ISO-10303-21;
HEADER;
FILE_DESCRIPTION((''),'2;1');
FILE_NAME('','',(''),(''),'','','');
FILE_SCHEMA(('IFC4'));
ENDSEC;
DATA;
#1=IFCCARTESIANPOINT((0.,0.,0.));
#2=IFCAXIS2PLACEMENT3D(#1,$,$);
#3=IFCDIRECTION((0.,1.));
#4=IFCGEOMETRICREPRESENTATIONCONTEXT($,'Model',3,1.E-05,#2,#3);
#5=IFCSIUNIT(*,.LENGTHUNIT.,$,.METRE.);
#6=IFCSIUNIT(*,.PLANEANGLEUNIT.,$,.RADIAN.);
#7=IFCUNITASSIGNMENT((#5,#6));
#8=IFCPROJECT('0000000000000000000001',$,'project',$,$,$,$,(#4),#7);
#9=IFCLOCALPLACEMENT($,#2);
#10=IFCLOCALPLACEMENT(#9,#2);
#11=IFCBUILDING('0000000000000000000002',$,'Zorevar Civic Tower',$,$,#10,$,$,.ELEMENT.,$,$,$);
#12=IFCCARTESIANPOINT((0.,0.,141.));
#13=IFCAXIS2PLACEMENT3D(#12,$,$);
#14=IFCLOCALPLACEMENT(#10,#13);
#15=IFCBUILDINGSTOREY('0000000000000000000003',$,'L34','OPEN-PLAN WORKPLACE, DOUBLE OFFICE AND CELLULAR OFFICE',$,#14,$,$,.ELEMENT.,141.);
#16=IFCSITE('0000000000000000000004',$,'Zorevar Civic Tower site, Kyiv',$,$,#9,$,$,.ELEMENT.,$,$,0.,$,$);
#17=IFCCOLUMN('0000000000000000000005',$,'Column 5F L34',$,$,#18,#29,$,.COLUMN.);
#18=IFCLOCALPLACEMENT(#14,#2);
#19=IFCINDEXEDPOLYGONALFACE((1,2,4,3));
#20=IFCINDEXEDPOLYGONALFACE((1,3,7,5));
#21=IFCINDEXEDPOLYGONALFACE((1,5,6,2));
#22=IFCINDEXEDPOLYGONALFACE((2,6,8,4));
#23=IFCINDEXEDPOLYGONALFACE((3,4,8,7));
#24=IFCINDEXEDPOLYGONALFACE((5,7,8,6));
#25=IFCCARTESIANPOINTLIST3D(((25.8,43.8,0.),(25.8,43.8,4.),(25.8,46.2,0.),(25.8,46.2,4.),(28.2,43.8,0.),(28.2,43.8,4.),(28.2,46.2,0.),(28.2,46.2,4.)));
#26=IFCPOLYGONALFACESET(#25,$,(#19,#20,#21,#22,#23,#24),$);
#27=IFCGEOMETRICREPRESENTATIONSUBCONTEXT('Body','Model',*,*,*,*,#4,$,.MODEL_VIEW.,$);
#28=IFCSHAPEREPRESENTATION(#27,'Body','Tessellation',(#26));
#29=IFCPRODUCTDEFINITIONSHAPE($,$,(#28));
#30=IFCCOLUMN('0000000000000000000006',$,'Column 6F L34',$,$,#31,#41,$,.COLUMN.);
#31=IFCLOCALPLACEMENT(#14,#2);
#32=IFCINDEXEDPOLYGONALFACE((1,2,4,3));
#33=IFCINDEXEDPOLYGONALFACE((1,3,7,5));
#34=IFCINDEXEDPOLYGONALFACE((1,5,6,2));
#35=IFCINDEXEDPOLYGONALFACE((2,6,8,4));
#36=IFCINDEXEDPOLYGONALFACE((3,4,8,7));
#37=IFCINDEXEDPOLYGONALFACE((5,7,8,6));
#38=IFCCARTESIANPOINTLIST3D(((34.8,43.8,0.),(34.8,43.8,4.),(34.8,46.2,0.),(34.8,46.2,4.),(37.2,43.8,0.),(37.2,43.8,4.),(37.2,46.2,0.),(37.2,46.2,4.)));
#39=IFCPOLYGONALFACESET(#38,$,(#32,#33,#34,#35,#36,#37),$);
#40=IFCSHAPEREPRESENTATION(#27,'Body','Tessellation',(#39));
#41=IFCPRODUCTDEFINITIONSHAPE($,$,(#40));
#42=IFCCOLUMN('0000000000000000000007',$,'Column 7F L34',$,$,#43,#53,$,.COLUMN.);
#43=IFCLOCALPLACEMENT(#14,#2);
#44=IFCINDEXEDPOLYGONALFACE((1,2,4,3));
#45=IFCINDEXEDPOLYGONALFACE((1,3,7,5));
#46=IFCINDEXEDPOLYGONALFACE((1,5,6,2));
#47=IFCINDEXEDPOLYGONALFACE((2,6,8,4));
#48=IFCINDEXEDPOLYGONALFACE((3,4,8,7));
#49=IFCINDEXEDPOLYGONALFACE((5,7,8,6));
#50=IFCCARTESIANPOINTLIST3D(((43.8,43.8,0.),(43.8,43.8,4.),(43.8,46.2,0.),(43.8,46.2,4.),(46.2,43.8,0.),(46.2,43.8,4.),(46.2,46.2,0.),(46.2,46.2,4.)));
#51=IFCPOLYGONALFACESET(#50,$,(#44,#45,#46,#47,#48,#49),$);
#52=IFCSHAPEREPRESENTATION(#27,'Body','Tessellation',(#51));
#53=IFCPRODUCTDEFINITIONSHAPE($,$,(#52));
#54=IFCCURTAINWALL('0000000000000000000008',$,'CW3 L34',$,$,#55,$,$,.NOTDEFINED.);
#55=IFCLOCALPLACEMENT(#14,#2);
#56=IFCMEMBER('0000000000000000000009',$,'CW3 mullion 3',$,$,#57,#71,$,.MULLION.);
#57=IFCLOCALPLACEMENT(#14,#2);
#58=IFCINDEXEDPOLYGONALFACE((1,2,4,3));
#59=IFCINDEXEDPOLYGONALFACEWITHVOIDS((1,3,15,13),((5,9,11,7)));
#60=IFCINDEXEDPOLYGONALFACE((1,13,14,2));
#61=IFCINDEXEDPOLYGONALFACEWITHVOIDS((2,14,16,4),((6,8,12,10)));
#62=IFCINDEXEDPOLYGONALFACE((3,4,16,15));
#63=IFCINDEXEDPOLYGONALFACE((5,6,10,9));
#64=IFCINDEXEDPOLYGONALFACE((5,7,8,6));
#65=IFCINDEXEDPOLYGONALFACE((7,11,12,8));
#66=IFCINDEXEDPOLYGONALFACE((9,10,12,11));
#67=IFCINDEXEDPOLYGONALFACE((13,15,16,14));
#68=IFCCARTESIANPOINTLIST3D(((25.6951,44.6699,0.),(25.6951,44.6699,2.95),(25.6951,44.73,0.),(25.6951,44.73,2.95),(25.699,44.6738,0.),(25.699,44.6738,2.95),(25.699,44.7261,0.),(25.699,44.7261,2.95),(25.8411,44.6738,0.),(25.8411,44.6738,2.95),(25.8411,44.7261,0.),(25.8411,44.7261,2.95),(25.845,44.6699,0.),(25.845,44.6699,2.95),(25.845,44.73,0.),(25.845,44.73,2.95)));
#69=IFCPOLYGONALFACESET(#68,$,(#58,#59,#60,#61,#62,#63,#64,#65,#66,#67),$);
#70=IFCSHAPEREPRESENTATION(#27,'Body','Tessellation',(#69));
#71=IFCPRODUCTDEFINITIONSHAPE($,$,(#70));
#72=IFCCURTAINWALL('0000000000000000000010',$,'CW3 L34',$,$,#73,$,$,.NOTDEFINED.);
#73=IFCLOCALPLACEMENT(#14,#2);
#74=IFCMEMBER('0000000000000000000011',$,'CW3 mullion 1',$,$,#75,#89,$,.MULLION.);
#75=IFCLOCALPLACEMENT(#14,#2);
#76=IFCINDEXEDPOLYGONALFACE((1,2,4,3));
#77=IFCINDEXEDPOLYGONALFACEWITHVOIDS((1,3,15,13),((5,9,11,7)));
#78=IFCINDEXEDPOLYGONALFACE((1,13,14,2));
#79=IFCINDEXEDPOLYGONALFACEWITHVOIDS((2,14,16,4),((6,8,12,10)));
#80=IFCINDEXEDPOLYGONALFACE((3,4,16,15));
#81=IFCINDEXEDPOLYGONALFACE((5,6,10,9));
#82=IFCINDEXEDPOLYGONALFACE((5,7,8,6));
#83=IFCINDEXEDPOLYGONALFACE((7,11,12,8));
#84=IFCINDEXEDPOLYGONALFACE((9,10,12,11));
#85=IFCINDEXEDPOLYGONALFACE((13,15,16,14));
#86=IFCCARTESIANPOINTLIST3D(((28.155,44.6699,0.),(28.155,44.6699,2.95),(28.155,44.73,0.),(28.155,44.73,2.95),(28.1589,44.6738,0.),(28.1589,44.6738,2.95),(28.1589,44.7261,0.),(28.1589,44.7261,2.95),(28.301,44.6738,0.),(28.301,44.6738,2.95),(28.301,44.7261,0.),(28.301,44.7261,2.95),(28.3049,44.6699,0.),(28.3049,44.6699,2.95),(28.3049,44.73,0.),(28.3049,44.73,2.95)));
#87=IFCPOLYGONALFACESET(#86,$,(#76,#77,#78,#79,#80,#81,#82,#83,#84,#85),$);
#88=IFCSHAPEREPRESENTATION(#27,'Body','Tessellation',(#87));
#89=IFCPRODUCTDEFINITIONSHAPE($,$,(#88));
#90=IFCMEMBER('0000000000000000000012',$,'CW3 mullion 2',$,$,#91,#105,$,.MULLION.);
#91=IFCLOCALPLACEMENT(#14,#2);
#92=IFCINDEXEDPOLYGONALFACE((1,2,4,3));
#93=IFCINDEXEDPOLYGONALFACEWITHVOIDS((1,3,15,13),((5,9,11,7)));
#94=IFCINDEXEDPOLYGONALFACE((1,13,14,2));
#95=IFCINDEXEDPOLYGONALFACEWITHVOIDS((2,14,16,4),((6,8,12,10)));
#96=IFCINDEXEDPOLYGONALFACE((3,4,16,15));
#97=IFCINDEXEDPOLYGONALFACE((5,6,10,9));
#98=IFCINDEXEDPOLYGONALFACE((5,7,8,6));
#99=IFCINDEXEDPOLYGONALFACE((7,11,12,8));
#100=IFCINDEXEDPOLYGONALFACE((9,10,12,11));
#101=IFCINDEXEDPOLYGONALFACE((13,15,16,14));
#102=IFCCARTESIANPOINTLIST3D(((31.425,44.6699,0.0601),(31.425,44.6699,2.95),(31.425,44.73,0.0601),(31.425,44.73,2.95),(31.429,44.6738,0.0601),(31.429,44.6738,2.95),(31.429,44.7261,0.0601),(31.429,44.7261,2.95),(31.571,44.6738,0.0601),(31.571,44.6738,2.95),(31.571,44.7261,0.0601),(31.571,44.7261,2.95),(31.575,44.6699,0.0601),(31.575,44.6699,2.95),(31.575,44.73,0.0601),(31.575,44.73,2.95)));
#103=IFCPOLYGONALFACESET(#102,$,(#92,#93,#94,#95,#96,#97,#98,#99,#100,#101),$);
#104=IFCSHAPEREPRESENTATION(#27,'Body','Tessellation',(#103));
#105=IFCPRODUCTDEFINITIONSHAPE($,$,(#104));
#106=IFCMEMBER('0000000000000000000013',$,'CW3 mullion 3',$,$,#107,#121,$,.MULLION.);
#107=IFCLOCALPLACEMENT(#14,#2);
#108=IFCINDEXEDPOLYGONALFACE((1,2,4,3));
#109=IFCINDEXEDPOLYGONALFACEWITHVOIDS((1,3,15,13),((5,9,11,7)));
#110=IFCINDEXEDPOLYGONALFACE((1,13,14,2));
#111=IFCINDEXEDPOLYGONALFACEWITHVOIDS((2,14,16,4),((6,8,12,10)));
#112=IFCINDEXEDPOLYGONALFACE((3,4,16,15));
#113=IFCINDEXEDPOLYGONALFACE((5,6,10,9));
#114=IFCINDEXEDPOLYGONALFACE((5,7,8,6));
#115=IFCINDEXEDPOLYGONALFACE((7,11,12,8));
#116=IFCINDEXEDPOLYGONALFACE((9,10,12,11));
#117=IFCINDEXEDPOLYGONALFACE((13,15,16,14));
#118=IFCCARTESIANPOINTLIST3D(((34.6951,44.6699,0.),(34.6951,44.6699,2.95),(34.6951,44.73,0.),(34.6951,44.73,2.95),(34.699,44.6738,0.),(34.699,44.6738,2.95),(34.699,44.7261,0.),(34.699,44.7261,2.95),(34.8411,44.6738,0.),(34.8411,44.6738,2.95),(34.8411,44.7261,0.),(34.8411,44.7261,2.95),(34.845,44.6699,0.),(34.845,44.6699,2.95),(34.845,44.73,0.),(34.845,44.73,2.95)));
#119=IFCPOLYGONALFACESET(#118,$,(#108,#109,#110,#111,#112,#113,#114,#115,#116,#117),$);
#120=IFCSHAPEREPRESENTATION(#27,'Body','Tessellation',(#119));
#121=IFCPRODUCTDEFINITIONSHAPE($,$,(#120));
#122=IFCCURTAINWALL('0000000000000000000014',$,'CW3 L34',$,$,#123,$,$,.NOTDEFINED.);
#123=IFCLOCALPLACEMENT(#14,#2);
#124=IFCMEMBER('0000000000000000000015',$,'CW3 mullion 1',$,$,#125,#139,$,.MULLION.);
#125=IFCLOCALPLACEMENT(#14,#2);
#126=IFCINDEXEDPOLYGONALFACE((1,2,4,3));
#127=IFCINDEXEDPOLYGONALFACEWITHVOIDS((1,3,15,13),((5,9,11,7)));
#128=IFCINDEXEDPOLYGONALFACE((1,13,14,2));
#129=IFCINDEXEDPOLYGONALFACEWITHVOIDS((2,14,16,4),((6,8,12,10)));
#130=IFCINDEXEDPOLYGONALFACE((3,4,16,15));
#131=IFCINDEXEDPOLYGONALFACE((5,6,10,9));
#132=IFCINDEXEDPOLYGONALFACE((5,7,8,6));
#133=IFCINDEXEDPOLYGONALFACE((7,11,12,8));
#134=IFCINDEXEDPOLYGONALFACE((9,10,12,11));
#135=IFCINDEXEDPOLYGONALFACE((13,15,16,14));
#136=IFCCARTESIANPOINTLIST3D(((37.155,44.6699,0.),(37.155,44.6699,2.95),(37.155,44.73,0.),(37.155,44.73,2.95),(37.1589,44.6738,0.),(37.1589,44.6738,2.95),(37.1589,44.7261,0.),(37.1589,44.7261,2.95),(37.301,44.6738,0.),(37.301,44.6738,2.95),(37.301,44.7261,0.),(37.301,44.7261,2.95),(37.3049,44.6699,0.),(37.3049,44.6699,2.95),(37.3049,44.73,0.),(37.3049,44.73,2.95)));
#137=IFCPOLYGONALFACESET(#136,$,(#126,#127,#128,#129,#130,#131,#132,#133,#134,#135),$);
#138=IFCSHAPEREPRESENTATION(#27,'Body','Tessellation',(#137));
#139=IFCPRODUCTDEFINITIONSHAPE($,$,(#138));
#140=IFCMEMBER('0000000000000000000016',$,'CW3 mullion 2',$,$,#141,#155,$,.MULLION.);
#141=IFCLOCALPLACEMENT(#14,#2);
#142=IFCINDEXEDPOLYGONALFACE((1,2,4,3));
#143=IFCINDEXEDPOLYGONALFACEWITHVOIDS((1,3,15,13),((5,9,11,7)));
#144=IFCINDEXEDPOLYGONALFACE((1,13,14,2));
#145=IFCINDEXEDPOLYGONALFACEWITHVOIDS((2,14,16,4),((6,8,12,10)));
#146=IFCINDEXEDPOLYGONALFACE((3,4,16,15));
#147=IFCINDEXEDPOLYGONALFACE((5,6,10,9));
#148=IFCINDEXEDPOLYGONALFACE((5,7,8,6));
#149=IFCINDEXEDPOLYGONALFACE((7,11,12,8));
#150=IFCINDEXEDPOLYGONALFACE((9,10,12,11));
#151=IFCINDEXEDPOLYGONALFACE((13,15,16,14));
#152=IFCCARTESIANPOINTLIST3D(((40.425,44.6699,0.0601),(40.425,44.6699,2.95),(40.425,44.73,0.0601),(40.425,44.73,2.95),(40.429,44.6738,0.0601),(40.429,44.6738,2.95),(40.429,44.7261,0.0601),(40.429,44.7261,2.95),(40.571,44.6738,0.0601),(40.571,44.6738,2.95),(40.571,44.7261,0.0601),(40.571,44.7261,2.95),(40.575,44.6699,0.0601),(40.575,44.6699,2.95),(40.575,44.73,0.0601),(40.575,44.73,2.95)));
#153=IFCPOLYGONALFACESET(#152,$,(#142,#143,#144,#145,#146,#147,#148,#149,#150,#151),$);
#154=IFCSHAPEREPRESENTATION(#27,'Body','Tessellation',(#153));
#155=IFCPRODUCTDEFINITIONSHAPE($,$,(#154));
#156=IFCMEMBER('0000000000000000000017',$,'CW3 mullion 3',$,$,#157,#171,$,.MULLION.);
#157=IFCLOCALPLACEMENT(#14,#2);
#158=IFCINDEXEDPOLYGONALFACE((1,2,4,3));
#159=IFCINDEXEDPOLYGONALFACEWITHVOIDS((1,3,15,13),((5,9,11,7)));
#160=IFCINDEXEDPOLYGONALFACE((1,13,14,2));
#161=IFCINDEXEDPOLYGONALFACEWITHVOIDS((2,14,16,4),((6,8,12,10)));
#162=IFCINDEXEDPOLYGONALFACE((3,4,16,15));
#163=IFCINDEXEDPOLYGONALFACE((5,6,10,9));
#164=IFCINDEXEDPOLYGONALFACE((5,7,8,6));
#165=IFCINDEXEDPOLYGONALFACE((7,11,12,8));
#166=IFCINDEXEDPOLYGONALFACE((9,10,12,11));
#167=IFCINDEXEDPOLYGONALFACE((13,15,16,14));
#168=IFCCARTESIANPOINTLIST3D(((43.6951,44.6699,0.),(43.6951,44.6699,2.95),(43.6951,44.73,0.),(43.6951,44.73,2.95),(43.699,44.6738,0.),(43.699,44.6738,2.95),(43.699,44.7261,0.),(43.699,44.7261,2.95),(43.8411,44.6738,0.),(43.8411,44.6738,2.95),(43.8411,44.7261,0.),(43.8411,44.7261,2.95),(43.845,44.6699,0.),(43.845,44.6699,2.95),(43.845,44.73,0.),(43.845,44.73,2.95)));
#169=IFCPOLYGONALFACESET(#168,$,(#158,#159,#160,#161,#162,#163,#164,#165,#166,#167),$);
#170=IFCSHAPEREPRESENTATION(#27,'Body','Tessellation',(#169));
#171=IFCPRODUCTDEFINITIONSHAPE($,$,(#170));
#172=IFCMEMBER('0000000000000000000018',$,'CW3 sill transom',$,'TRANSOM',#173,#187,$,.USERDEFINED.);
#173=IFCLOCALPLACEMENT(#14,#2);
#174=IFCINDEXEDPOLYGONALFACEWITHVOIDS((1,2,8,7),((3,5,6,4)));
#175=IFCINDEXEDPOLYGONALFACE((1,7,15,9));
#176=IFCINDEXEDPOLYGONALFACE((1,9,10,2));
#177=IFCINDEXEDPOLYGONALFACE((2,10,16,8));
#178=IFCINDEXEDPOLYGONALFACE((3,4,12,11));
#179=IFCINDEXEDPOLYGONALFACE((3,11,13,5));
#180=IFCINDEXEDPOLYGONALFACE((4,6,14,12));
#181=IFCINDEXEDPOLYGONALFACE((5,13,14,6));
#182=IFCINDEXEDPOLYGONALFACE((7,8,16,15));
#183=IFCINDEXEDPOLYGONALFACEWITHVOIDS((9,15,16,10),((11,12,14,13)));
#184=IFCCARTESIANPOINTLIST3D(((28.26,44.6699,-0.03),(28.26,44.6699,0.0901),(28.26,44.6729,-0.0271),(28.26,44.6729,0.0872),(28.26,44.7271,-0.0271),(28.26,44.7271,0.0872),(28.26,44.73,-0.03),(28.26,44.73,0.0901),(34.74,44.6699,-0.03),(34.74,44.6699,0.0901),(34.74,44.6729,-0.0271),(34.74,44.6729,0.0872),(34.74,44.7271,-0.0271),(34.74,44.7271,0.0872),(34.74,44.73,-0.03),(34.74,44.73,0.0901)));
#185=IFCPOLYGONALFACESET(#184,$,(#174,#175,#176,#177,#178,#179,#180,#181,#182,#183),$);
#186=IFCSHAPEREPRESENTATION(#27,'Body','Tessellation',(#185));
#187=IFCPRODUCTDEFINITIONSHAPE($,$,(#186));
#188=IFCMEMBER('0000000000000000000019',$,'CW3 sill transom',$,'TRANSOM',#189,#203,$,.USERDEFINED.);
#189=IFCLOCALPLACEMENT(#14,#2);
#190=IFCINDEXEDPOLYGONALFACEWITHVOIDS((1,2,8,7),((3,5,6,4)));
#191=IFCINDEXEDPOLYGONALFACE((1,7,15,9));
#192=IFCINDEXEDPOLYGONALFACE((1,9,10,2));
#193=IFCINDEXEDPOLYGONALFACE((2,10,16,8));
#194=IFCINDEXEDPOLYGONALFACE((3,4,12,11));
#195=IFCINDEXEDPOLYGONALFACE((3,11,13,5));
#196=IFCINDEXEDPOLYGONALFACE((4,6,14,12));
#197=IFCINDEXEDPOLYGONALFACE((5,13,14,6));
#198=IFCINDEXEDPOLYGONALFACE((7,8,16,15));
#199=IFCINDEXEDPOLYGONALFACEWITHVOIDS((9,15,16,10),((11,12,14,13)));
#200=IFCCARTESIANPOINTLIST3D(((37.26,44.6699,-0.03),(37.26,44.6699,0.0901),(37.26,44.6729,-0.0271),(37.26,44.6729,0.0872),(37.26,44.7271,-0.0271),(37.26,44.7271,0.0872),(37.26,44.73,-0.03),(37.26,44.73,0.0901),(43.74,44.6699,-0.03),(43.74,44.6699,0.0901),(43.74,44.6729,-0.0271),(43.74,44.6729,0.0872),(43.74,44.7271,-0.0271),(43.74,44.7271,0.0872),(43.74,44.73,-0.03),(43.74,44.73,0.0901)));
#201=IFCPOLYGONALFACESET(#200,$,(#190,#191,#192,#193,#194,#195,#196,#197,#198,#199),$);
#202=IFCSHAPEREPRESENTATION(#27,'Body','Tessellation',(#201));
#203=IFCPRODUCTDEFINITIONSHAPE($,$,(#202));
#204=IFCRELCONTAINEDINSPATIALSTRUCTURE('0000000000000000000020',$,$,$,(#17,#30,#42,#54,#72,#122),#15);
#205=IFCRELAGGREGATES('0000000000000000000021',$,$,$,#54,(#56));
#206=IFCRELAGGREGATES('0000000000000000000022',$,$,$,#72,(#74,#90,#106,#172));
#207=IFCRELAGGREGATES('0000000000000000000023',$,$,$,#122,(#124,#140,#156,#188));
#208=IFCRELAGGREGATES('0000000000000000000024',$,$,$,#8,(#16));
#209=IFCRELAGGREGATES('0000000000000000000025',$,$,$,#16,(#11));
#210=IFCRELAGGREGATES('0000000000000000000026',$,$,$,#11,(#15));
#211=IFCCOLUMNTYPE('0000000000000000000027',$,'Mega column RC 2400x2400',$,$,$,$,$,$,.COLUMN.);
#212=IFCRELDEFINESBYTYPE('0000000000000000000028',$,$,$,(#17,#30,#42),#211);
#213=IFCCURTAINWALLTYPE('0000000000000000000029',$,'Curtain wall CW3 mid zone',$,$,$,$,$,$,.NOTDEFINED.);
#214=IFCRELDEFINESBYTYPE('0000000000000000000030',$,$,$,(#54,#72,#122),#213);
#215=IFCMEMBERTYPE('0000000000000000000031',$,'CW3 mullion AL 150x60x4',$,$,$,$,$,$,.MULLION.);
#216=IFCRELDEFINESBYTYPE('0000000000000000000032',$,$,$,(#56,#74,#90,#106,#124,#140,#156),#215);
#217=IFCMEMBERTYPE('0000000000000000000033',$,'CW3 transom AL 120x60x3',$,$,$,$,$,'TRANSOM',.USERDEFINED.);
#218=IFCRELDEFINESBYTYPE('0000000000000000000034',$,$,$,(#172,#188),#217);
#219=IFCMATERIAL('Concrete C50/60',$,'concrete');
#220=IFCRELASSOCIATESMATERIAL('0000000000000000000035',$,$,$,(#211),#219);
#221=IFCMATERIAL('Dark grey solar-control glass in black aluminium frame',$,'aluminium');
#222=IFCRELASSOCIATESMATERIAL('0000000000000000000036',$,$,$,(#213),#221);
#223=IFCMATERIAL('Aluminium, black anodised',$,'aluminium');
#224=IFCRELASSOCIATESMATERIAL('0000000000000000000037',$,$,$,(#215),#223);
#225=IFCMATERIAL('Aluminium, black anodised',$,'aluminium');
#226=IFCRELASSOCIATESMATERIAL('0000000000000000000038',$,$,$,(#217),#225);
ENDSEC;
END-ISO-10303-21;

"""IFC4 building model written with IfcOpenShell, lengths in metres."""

from ifc_helpers import new_model, si_unit, direction, frame, origin, origin_2d, place, context, subcontext, project, spatial, rectangle, hollow_rectangle, extrude, material, material_profile, profile_set, type_object, element, aggregate, save


model = new_model("IFC4")

# Units and contexts
model_context = context("Model", 3, precision=1e-05, world=origin(), true_north=direction((0.0, 1.0)))
body_context = subcontext(model_context, "Body", "Model", "MODEL_VIEW")
ifc_project = project(units=[si_unit("LENGTHUNIT", "METRE"), si_unit("PLANEANGLEUNIT", "RADIAN")], contexts=[model_context])

# Site, building, storey
site_placement = place(None, origin())
site = spatial("IfcSite", under=ifc_project, at=site_placement, Name="Zorevar Civic Tower site, Kyiv", CompositionType="ELEMENT", RefElevation=0.0)
building_placement = place(site_placement, origin())
building = spatial("IfcBuilding", under=site, at=building_placement, Name="Zorevar Civic Tower", CompositionType="ELEMENT")
storey_placement = place(building_placement, frame((0.0, 0.0, 141.0)))
storey = spatial("IfcBuildingStorey", under=building, at=storey_placement, Name="L34", Description="OPEN-PLAN WORKPLACE, DOUBLE OFFICE AND CELLULAR OFFICE", CompositionType="ELEMENT", Elevation=141.0)

# Columns
ifc_material_1 = material(Name="Concrete C50/60", Category="concrete")
ifc_material_profile_1 = material_profile(ifc_material_1, rectangle(XDim=2.3999, YDim=2.3999, at=origin_2d()), Name="RC 2400x2400")
ifc_profile_set_1 = profile_set([ifc_material_profile_1], Name="Concrete C50/60")
column_type = type_object("IfcColumnType", Name="Mega column RC 2400x2400", PredefinedType="COLUMN", material=ifc_profile_set_1)
for number, where, z_axis, x_axis, name in (
    (1, (27.0, 45.0, 0.0), (0.0, 0.0, 1.0), (1.0, 0.0, 0.0), "Column 5F L34"),
    (2, (36.0, 45.0, 0.0), (0.0, 0.0, 1.0), (1.0, 0.0, 0.0), "Column 6F L34"),
    (3, (45.0, 45.0, 0.0), (0.0, 0.0, 1.0), (1.0, 0.0, 0.0), "Column 7F L34"),
):
    element("IfcColumn", number, at=place(storey_placement, frame(where, z_axis=z_axis, x_axis=x_axis)), inside=storey, type_object=column_type, Name=name, PredefinedType="COLUMN", context=body_context, shape_type="SweptSolid", body=[
        extrude(rectangle(XDim=2.3999, YDim=2.3999, at=origin_2d()), origin(), (0.0, 0.0, 1.0), 4.0),
    ])

# Curtain wall, member
ifc_material_2 = material(Name="Dark grey solar-control glass in black aluminium frame", Category="aluminium")
curtain_wall_type = type_object("IfcCurtainWallType", Name="Curtain wall CW3 mid zone", PredefinedType="NOTDEFINED", material=ifc_material_2)
curtain_wall_1_placement = place(storey_placement, origin())
curtain_wall_1 = element("IfcCurtainWall", 4, at=curtain_wall_1_placement, inside=storey, type_object=curtain_wall_type, Name="CW3 L34", PredefinedType="NOTDEFINED")
ifc_material_3 = material(Name="Aluminium, black anodised", Category="aluminium")
ifc_material_profile_2 = material_profile(ifc_material_3, hollow_rectangle(XDim=0.0601, YDim=0.1499, WallThickness=0.0039, at=origin_2d()), Name="AL 150x60x4")
ifc_profile_set_2 = profile_set([ifc_material_profile_2], Name="Aluminium, black anodised")
member_type_1 = type_object("IfcMemberType", Name="CW3 mullion AL 150x60x4", PredefinedType="MULLION", material=ifc_profile_set_2)
member_1_placement = place(storey_placement, frame((25.77, 44.7, 0.0), z_axis=(0.0, 0.0, 1.0), x_axis=(0.0, 1.0, 0.0)))
member_1 = element("IfcMember", 5, at=member_1_placement, type_object=member_type_1, Name="CW3 mullion 3", PredefinedType="MULLION", context=body_context, shape_type="SweptSolid", body=[
    extrude(hollow_rectangle(XDim=0.0601, YDim=0.1499, WallThickness=0.0039, at=origin_2d()), origin(), (0.0, 0.0, 1.0), 2.95),
])
aggregate(curtain_wall_1, [member_1])

# Curtain walls, members
curtain_wall_2_placement = place(storey_placement, origin())
curtain_wall_2 = element("IfcCurtainWall", 6, at=curtain_wall_2_placement, inside=storey, type_object=curtain_wall_type, Name="CW3 L34", PredefinedType="NOTDEFINED")
member_2_placement = place(storey_placement, frame((28.23, 44.7, 0.0), z_axis=(0.0, 0.0, 1.0), x_axis=(0.0, 1.0, 0.0)))
member_2 = element("IfcMember", 7, at=member_2_placement, type_object=member_type_1, Name="CW3 mullion 1", PredefinedType="MULLION", context=body_context, shape_type="SweptSolid", body=[
    extrude(hollow_rectangle(XDim=0.0601, YDim=0.1499, WallThickness=0.0039, at=origin_2d()), origin(), (0.0, 0.0, 1.0), 2.95),
])
member_3_placement = place(storey_placement, frame((31.5, 44.7, 0.0601), z_axis=(0.0, 0.0, 1.0), x_axis=(0.0, 1.0, 0.0)))
member_3 = element("IfcMember", 8, at=member_3_placement, type_object=member_type_1, Name="CW3 mullion 2", PredefinedType="MULLION", context=body_context, shape_type="SweptSolid", body=[
    extrude(hollow_rectangle(XDim=0.0601, YDim=0.1499, WallThickness=0.0039, at=origin_2d()), origin(), (0.0, 0.0, 1.0), 2.8899),
])
member_4_placement = place(storey_placement, frame((34.77, 44.7, 0.0), z_axis=(0.0, 0.0, 1.0), x_axis=(0.0, 1.0, 0.0)))
member_4 = element("IfcMember", 9, at=member_4_placement, type_object=member_type_1, Name="CW3 mullion 3", PredefinedType="MULLION", context=body_context, shape_type="SweptSolid", body=[
    extrude(hollow_rectangle(XDim=0.0601, YDim=0.1499, WallThickness=0.0039, at=origin_2d()), origin(), (0.0, 0.0, 1.0), 2.95),
])
curtain_wall_3_placement = place(storey_placement, origin())
curtain_wall_3 = element("IfcCurtainWall", 10, at=curtain_wall_3_placement, inside=storey, type_object=curtain_wall_type, Name="CW3 L34", PredefinedType="NOTDEFINED")
member_5_placement = place(storey_placement, frame((37.23, 44.7, 0.0), z_axis=(0.0, 0.0, 1.0), x_axis=(0.0, 1.0, 0.0)))
member_5 = element("IfcMember", 11, at=member_5_placement, type_object=member_type_1, Name="CW3 mullion 1", PredefinedType="MULLION", context=body_context, shape_type="SweptSolid", body=[
    extrude(hollow_rectangle(XDim=0.0601, YDim=0.1499, WallThickness=0.0039, at=origin_2d()), origin(), (0.0, 0.0, 1.0), 2.95),
])
member_6_placement = place(storey_placement, frame((40.5, 44.7, 0.0601), z_axis=(0.0, 0.0, 1.0), x_axis=(0.0, 1.0, 0.0)))
member_6 = element("IfcMember", 12, at=member_6_placement, type_object=member_type_1, Name="CW3 mullion 2", PredefinedType="MULLION", context=body_context, shape_type="SweptSolid", body=[
    extrude(hollow_rectangle(XDim=0.0601, YDim=0.1499, WallThickness=0.0039, at=origin_2d()), origin(), (0.0, 0.0, 1.0), 2.8899),
])
member_7_placement = place(storey_placement, frame((43.77, 44.7, 0.0), z_axis=(0.0, 0.0, 1.0), x_axis=(0.0, 1.0, 0.0)))
member_7 = element("IfcMember", 13, at=member_7_placement, type_object=member_type_1, Name="CW3 mullion 3", PredefinedType="MULLION", context=body_context, shape_type="SweptSolid", body=[
    extrude(hollow_rectangle(XDim=0.0601, YDim=0.1499, WallThickness=0.0039, at=origin_2d()), origin(), (0.0, 0.0, 1.0), 2.95),
])

# Members
ifc_material_4 = material(Name="Aluminium, black anodised", Category="aluminium")
ifc_material_profile_3 = material_profile(ifc_material_4, hollow_rectangle(XDim=0.0601, YDim=0.1201, WallThickness=0.0029, at=origin_2d()), Name="AL 120x60x3")
ifc_profile_set_3 = profile_set([ifc_material_profile_3], Name="Aluminium, black anodised")
member_type_2 = type_object("IfcMemberType", Name="CW3 transom AL 120x60x3", ElementType="TRANSOM", PredefinedType="USERDEFINED", material=ifc_profile_set_3)
member_8_placement = place(storey_placement, frame((28.26, 44.7, 0.03), z_axis=(1.0, 0.0, 0.0), x_axis=(0.0, 1.0, 0.0)))
member_8 = element("IfcMember", 14, at=member_8_placement, type_object=member_type_2, Name="CW3 sill transom", ObjectType="TRANSOM", PredefinedType="USERDEFINED", context=body_context, shape_type="SweptSolid", body=[
    extrude(hollow_rectangle(XDim=0.0601, YDim=0.1201, WallThickness=0.0029, at=origin_2d()), origin(), (0.0, 0.0, 1.0), 6.48),
])
member_9_placement = place(storey_placement, frame((37.26, 44.7, 0.03), z_axis=(1.0, 0.0, 0.0), x_axis=(0.0, 1.0, 0.0)))
member_9 = element("IfcMember", 15, at=member_9_placement, type_object=member_type_2, Name="CW3 sill transom", ObjectType="TRANSOM", PredefinedType="USERDEFINED", context=body_context, shape_type="SweptSolid", body=[
    extrude(hollow_rectangle(XDim=0.0601, YDim=0.1201, WallThickness=0.0029, at=origin_2d()), origin(), (0.0, 0.0, 1.0), 6.48),
])

aggregate(curtain_wall_2, [member_2, member_3, member_4, member_8])
aggregate(curtain_wall_3, [member_5, member_6, member_7, member_9])

save(model, "model.ifc")
